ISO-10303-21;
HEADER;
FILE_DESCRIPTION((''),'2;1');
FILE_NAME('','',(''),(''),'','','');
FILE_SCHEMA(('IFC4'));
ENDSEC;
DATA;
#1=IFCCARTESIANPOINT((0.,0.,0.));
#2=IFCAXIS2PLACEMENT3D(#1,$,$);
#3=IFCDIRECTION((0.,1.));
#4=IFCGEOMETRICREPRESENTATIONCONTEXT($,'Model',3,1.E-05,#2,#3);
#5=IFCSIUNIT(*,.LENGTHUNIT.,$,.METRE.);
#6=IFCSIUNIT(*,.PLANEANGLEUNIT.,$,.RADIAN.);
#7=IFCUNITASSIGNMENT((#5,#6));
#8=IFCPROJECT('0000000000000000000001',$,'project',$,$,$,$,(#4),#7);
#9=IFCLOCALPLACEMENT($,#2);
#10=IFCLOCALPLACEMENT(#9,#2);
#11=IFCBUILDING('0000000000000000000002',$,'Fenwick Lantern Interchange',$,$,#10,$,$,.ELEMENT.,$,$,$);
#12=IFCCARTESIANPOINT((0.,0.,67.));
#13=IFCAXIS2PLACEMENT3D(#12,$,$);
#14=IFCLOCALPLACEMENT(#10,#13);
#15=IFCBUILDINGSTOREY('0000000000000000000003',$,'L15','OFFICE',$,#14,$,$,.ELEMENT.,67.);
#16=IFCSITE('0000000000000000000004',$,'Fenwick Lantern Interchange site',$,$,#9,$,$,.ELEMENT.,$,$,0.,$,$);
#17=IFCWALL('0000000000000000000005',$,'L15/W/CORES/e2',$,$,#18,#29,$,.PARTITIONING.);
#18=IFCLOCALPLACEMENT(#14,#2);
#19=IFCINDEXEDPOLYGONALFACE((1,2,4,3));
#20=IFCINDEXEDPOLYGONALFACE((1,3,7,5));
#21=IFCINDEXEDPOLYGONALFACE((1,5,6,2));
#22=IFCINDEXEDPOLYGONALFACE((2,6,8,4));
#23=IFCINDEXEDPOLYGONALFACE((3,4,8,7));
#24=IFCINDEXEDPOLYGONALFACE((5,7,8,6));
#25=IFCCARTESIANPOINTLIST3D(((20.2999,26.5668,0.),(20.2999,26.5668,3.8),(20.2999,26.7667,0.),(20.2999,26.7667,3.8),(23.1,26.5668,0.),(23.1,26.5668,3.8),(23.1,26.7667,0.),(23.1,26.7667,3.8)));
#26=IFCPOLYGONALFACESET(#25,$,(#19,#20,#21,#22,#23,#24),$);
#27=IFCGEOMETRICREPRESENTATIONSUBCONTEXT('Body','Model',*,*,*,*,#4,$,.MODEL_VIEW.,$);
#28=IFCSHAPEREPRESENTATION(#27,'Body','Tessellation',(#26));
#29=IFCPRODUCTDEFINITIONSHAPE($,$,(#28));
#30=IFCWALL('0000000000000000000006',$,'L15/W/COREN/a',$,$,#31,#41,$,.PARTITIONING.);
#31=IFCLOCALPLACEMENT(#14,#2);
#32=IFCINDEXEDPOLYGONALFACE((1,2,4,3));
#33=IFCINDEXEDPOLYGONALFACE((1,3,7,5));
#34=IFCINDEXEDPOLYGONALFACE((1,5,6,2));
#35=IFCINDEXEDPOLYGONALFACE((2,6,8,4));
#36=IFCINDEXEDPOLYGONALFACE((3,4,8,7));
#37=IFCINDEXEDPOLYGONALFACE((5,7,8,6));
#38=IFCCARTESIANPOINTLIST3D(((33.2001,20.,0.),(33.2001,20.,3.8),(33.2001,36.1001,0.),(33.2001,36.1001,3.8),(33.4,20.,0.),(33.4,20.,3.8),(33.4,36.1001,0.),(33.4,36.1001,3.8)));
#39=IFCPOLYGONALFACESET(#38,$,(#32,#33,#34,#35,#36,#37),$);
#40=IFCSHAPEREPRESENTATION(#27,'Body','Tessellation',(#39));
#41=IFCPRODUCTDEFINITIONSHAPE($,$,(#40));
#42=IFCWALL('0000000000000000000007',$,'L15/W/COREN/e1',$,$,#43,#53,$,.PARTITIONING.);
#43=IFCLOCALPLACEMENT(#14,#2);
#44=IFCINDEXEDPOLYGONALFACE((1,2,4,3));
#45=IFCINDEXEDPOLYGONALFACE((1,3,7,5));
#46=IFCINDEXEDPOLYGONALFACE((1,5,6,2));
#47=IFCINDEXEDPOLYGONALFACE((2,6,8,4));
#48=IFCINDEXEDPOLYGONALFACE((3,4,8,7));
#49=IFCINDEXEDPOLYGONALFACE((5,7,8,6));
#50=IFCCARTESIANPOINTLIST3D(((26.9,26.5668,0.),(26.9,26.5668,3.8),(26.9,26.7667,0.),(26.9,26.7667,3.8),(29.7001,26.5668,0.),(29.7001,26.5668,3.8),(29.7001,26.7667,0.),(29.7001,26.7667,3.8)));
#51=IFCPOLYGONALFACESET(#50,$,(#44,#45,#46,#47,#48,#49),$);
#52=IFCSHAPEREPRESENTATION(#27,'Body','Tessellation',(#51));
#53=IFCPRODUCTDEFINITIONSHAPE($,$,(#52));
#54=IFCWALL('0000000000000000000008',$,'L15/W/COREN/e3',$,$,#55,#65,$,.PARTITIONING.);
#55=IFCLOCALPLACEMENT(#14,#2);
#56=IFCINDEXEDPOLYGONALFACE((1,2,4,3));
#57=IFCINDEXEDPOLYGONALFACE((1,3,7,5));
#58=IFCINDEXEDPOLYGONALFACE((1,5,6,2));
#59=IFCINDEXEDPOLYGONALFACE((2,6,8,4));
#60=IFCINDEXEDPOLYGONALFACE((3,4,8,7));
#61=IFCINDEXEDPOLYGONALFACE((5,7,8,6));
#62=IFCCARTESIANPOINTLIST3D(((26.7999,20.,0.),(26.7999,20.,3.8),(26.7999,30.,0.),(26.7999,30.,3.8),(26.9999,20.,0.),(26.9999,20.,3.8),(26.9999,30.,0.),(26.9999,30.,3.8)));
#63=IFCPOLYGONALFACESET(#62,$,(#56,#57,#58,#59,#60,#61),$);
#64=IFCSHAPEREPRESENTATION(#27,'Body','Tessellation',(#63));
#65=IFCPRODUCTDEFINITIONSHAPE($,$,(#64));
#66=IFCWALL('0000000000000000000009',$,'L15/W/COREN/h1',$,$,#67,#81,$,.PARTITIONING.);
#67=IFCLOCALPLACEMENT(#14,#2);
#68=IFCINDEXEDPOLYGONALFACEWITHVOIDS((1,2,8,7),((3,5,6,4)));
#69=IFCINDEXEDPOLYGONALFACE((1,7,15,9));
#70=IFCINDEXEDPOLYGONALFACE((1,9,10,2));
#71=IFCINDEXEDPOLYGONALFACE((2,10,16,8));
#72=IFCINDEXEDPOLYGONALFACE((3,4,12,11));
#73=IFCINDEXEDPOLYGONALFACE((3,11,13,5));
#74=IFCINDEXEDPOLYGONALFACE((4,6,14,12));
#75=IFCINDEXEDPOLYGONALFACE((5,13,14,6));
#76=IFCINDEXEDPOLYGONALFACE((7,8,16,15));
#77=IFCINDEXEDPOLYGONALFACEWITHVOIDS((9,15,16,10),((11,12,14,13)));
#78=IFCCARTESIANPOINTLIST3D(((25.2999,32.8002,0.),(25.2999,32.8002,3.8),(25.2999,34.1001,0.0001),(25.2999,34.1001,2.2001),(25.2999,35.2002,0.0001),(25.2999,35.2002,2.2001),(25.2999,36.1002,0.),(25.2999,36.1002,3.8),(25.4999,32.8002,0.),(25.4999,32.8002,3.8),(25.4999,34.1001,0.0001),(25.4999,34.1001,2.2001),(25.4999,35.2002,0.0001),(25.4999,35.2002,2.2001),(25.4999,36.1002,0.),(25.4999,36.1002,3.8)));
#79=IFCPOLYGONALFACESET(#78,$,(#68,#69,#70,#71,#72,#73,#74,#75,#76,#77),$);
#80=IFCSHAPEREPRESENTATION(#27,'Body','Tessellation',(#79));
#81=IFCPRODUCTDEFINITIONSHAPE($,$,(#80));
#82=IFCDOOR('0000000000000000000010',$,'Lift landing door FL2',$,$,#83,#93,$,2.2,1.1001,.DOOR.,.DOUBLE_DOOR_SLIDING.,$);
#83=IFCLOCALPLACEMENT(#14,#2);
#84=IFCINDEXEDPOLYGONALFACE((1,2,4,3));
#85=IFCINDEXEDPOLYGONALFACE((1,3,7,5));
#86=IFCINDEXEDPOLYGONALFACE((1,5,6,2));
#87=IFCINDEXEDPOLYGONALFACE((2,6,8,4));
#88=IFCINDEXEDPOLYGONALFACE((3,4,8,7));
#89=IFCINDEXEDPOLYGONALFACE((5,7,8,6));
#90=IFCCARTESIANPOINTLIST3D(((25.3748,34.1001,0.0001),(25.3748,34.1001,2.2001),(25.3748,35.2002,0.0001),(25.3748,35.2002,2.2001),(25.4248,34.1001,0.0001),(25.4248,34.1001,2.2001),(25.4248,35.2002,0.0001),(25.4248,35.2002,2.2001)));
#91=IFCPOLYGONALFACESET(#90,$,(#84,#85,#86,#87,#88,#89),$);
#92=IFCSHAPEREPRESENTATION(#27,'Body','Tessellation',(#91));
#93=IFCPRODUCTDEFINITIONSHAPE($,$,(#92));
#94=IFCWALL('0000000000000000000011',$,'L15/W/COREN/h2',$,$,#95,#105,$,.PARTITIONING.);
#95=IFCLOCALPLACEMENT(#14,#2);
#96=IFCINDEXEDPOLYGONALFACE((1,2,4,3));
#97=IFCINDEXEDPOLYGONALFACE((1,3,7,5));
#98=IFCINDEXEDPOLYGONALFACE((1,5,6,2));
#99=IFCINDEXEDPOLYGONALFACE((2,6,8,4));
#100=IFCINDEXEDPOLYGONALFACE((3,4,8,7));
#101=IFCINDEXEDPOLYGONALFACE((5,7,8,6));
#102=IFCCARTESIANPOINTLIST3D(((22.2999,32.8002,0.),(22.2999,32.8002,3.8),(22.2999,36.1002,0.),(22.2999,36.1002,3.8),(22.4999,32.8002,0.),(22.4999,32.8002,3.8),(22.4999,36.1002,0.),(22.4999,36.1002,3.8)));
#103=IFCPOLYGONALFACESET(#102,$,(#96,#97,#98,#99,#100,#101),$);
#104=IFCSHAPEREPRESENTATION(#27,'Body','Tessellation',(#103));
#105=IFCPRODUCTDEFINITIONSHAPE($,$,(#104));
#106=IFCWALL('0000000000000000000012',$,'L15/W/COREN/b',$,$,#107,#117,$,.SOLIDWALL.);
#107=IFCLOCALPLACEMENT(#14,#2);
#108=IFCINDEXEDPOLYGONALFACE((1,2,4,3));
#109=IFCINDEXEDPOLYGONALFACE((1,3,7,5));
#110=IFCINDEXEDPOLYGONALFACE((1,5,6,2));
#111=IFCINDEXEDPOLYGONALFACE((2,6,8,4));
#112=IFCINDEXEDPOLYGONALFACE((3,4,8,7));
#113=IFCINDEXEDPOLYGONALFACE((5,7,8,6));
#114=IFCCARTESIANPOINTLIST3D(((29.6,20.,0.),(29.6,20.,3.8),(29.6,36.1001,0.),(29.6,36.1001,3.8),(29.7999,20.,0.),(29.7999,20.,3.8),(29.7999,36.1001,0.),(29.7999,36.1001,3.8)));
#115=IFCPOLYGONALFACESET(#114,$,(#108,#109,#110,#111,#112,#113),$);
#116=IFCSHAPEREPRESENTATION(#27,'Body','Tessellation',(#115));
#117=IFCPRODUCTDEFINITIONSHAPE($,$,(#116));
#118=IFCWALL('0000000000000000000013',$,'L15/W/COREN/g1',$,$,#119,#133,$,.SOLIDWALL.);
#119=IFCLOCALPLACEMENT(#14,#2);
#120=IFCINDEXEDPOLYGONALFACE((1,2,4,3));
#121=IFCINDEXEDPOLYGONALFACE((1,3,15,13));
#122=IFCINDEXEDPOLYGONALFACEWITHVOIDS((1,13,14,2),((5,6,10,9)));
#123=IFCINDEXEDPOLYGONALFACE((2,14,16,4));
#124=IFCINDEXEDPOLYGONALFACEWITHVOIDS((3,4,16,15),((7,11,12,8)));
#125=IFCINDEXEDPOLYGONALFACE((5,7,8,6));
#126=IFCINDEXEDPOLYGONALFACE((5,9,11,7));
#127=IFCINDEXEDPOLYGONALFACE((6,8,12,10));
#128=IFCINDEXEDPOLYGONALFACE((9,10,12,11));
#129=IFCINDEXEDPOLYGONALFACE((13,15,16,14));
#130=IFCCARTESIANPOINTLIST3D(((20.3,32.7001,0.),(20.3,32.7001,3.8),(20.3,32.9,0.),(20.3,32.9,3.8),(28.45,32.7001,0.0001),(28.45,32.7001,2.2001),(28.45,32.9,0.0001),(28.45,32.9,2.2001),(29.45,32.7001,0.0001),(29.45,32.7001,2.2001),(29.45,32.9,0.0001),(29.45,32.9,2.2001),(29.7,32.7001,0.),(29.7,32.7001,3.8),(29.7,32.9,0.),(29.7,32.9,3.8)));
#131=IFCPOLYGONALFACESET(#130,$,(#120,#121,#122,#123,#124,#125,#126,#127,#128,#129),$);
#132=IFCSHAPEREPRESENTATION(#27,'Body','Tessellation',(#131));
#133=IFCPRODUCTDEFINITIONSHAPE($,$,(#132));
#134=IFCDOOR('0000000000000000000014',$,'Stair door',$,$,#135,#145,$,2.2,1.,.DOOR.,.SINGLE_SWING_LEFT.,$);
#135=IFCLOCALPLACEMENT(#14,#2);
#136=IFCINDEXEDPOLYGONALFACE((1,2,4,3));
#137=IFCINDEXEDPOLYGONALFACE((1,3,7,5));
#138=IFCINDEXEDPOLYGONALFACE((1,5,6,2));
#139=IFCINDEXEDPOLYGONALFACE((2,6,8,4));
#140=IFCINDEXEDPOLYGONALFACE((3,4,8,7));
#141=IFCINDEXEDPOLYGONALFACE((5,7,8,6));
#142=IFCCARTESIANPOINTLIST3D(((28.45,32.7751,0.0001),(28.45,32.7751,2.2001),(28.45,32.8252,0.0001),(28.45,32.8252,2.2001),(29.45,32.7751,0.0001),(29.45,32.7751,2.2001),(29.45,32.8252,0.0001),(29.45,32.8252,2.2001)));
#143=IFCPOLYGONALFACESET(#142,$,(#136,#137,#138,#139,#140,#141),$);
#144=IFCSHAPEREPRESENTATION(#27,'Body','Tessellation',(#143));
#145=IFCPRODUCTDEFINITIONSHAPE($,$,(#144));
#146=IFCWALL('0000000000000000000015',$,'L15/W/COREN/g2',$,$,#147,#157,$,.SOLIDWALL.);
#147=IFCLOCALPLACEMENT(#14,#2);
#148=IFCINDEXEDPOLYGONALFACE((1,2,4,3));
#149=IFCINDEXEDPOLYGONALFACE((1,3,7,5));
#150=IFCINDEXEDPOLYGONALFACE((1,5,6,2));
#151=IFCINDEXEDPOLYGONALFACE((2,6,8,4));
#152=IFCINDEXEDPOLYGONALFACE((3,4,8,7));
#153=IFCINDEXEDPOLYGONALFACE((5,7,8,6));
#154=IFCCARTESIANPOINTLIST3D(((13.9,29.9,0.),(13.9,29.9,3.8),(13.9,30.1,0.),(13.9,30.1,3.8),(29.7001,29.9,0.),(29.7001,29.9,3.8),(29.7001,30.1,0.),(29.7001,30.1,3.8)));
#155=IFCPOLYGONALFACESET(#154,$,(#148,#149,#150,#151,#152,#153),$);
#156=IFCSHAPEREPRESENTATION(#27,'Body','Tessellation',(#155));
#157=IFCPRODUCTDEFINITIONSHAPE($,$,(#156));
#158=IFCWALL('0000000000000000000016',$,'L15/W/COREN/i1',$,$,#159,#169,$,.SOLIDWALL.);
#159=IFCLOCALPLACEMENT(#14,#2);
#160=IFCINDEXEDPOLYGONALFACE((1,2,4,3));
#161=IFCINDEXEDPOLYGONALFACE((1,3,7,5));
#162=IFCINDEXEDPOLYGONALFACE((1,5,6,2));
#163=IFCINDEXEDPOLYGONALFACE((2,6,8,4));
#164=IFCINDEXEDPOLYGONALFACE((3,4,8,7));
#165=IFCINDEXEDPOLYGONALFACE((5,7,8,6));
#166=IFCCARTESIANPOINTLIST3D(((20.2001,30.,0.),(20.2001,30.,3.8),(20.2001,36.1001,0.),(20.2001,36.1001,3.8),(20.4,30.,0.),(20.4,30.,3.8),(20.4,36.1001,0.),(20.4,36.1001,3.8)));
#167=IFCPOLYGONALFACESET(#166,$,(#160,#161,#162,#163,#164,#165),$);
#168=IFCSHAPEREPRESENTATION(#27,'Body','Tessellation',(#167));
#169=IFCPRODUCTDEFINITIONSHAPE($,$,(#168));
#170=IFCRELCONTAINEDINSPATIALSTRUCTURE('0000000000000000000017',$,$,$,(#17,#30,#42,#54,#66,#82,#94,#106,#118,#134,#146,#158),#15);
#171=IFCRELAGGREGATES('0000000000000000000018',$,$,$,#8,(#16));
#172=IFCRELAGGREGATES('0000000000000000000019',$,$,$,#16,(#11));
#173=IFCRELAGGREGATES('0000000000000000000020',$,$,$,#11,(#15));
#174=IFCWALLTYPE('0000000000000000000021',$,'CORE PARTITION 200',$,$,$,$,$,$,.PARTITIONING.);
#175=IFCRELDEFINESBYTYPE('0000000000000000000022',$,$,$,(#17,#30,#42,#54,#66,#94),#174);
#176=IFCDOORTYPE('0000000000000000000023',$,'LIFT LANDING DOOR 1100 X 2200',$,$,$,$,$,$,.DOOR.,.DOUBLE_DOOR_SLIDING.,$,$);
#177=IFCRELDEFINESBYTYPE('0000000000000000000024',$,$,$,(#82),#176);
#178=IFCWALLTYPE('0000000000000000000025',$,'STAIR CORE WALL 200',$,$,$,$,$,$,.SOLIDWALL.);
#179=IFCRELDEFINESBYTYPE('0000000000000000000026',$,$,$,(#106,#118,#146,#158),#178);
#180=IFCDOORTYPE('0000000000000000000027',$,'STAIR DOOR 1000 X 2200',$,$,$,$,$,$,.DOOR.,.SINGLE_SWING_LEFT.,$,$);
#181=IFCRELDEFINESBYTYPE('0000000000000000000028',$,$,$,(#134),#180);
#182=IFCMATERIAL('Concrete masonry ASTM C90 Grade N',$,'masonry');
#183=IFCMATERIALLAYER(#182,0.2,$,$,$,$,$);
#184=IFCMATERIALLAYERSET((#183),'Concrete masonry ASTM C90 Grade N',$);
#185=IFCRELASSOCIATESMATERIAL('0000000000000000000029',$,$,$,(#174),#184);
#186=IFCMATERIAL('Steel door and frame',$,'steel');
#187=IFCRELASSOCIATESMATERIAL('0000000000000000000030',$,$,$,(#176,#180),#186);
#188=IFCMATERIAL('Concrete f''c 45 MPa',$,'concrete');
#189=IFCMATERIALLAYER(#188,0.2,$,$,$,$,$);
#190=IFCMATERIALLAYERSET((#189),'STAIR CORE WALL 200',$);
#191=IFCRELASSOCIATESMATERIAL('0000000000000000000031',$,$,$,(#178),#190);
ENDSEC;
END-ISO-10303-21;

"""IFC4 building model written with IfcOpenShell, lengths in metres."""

from ifc_helpers import new_model, si_unit, direction, frame, frame_2d, origin, place, context, subcontext, project, spatial, rectangle, extrude, material, layer, layer_set, type_object, element, fill, save


model = new_model("IFC4")

# Units and contexts
model_context = context("Model", 3, precision=1e-05, world=origin(), true_north=direction((0.0, 1.0)))
body_context = subcontext(model_context, "Body", "Model", "MODEL_VIEW")
ifc_project = project(units=[si_unit("LENGTHUNIT", "METRE"), si_unit("PLANEANGLEUNIT", "RADIAN")], contexts=[model_context])

# Site, building, storey
site_placement = place(None, origin())
site = spatial("IfcSite", under=ifc_project, at=site_placement, Name="Fenwick Lantern Interchange site", CompositionType="ELEMENT", RefElevation=0.0)
building_placement = place(site_placement, origin())
building = spatial("IfcBuilding", under=site, at=building_placement, Name="Fenwick Lantern Interchange", CompositionType="ELEMENT")
storey_placement = place(building_placement, frame((0.0, 0.0, 67.0)))
storey = spatial("IfcBuildingStorey", under=building, at=storey_placement, Name="L15", Description="OFFICE", CompositionType="ELEMENT", Elevation=67.0)

# Walls
ifc_material_1 = material(Name="Concrete masonry ASTM C90 Grade N", Category="masonry")
ifc_layer_1 = layer(ifc_material_1, 0.2)
ifc_layer_set_1 = layer_set([ifc_layer_1], Name="Concrete masonry ASTM C90 Grade N")
wall_type_1 = type_object("IfcWallType", Name="CORE PARTITION 200", PredefinedType="PARTITIONING", material=ifc_layer_set_1)
wall_1_placement = place(storey_placement, frame((20.3, 26.6667, 0.0), z_axis=(0.0, 0.0, 1.0), x_axis=(1.0, 0.0, 0.0)))
element("IfcWall", 1, at=wall_1_placement, inside=storey, type_object=wall_type_1, Name="L15/W/CORES/e2", PredefinedType="PARTITIONING", context=body_context, shape_type="SweptSolid", body=[
    extrude(rectangle(XDim=2.8, YDim=0.2, at=frame_2d((1.3999, 0.0))), origin(), (0.0, 0.0, 1.0), 3.8),
])
wall_2_placement = place(storey_placement, frame((33.3, 36.1001, 0.0), z_axis=(0.0, 0.0, 1.0), x_axis=(0.0, -1.0, 0.0)))
element("IfcWall", 2, at=wall_2_placement, inside=storey, type_object=wall_type_1, Name="L15/W/COREN/a", PredefinedType="PARTITIONING", context=body_context, shape_type="SweptSolid", body=[
    extrude(rectangle(XDim=16.1001, YDim=0.2, at=frame_2d((8.05, 0.0))), origin(), (0.0, 0.0, 1.0), 3.8),
])
wall_3_placement = place(storey_placement, frame((29.7, 26.6667, 0.0), z_axis=(0.0, 0.0, 1.0), x_axis=(-1.0, 0.0, 0.0)))
element("IfcWall", 3, at=wall_3_placement, inside=storey, type_object=wall_type_1, Name="L15/W/COREN/e1", PredefinedType="PARTITIONING", context=body_context, shape_type="SweptSolid", body=[
    extrude(rectangle(XDim=2.8, YDim=0.2, at=frame_2d((1.3999, 0.0))), origin(), (0.0, 0.0, 1.0), 3.8),
])
wall_4_placement = place(storey_placement, frame((26.8999, 30.0, 0.0), z_axis=(0.0, 0.0, 1.0), x_axis=(0.0, -1.0, 0.0)))
element("IfcWall", 4, at=wall_4_placement, inside=storey, type_object=wall_type_1, Name="L15/W/COREN/e3", PredefinedType="PARTITIONING", context=body_context, shape_type="SweptSolid", body=[
    extrude(rectangle(XDim=10.0, YDim=0.2, at=frame_2d((5.0, 0.0))), origin(), (0.0, 0.0, 1.0), 3.8),
])

# Wall, opening, door
wall_5_placement = place(storey_placement, frame((25.3999, 36.1001, 0.0), z_axis=(0.0, 0.0, 1.0), x_axis=(0.0, -1.0, 0.0)))
wall_5 = element("IfcWall", 5, at=wall_5_placement, inside=storey, type_object=wall_type_1, Name="L15/W/COREN/h1", PredefinedType="PARTITIONING", context=body_context, shape_type="SweptSolid", body=[
    extrude(rectangle(XDim=3.3, YDim=0.2, at=frame_2d((1.6499, 0.0))), origin(), (0.0, 0.0, 1.0), 3.8),
])
opening_1_placement = place(wall_5_placement, frame((0.8999, 0.0, 0.0)))
opening_1 = element("IfcOpeningElement", 6, at=opening_1_placement, cuts=wall_5, PredefinedType="OPENING", context=body_context, shape_type="SweptSolid", body=[
    extrude(rectangle(XDim=1.1001, YDim=2.2, at=frame_2d((0.55, 1.1001))), frame((0.0, 0.1099, 0.0), z_axis=(0.0, -1.0, 0.0), x_axis=(1.0, 0.0, 0.0)), (0.0, 0.0, 1.0), 0.22),
])
ifc_material_2 = material(Name="Steel door and frame", Category="steel")
door_type_1 = type_object("IfcDoorType", Name="LIFT LANDING DOOR 1100 X 2200", OperationType="DOUBLE_DOOR_SLIDING", PredefinedType="DOOR", material=ifc_material_2)
door_1_placement = place(opening_1_placement, origin())
door_1 = element("IfcDoor", 7, at=door_1_placement, inside=storey, type_object=door_type_1, Name="Lift landing door FL2", OperationType="DOUBLE_DOOR_SLIDING", OverallHeight=2.2, OverallWidth=1.1001, PredefinedType="DOOR", context=body_context, shape_type="SweptSolid", body=[
    extrude(rectangle(XDim=1.1001, YDim=2.2, at=frame_2d((0.55, 1.1001))), frame((0.0, 0.0249, 0.0), z_axis=(0.0, -1.0, 0.0), x_axis=(1.0, 0.0, 0.0)), (0.0, 0.0, 1.0), 0.05),
])
fill(opening_1, door_1)

# Walls
wall_6_placement = place(storey_placement, frame((22.3999, 36.1001, 0.0), z_axis=(0.0, 0.0, 1.0), x_axis=(0.0, -1.0, 0.0)))
element("IfcWall", 8, at=wall_6_placement, inside=storey, type_object=wall_type_1, Name="L15/W/COREN/h2", PredefinedType="PARTITIONING", context=body_context, shape_type="SweptSolid", body=[
    extrude(rectangle(XDim=3.3, YDim=0.2, at=frame_2d((1.6499, 0.0))), origin(), (0.0, 0.0, 1.0), 3.8),
])
ifc_material_3 = material(Name="Concrete f'c 45 MPa", Category="concrete")
ifc_layer_2 = layer(ifc_material_3, 0.2)
ifc_layer_set_2 = layer_set([ifc_layer_2], Name="STAIR CORE WALL 200")
wall_type_2 = type_object("IfcWallType", Name="STAIR CORE WALL 200", PredefinedType="SOLIDWALL", material=ifc_layer_set_2)
wall_7_placement = place(storey_placement, frame((29.7, 36.1001, 0.0), z_axis=(0.0, 0.0, 1.0), x_axis=(0.0, -1.0, 0.0)))
element("IfcWall", 9, at=wall_7_placement, inside=storey, type_object=wall_type_2, Name="L15/W/COREN/b", PredefinedType="SOLIDWALL", context=body_context, shape_type="SweptSolid", body=[
    extrude(rectangle(XDim=16.1001, YDim=0.2, at=frame_2d((8.05, 0.0))), origin(), (0.0, 0.0, 1.0), 3.8),
])

# Wall, opening, door
wall_8_placement = place(storey_placement, frame((29.7, 32.8, 0.0), z_axis=(0.0, 0.0, 1.0), x_axis=(-1.0, 0.0, 0.0)))
wall_8 = element("IfcWall", 10, at=wall_8_placement, inside=storey, type_object=wall_type_2, Name="L15/W/COREN/g1", PredefinedType="SOLIDWALL", context=body_context, shape_type="SweptSolid", body=[
    extrude(rectangle(XDim=9.3999, YDim=0.2, at=frame_2d((4.7, 0.0))), origin(), (0.0, 0.0, 1.0), 3.8),
])
opening_2_placement = place(wall_8_placement, frame((0.25, 0.0, 0.0)))
opening_2 = element("IfcOpeningElement", 11, at=opening_2_placement, cuts=wall_8, PredefinedType="OPENING", context=body_context, shape_type="SweptSolid", body=[
    extrude(rectangle(XDim=1.0, YDim=2.2, at=frame_2d((0.5, 1.1001))), frame((0.0, 0.1099, 0.0), z_axis=(0.0, -1.0, 0.0), x_axis=(1.0, 0.0, 0.0)), (0.0, 0.0, 1.0), 0.22),
])
door_type_2 = type_object("IfcDoorType", Name="STAIR DOOR 1000 X 2200", OperationType="SINGLE_SWING_LEFT", PredefinedType="DOOR", material=ifc_material_2)
door_2_placement = place(opening_2_placement, origin())
door_2 = element("IfcDoor", 12, at=door_2_placement, inside=storey, type_object=door_type_2, Name="Stair door", OperationType="SINGLE_SWING_LEFT", OverallHeight=2.2, OverallWidth=1.0, PredefinedType="DOOR", context=body_context, shape_type="SweptSolid", body=[
    extrude(rectangle(XDim=1.0, YDim=2.2, at=frame_2d((0.5, 1.1001))), frame((0.0, 0.0249, 0.0), z_axis=(0.0, -1.0, 0.0), x_axis=(1.0, 0.0, 0.0)), (0.0, 0.0, 1.0), 0.05),
])
fill(opening_2, door_2)

# Walls
wall_9_placement = place(storey_placement, frame((29.7, 30.0, 0.0), z_axis=(0.0, 0.0, 1.0), x_axis=(-1.0, 0.0, 0.0)))
element("IfcWall", 13, at=wall_9_placement, inside=storey, type_object=wall_type_2, Name="L15/W/COREN/g2", PredefinedType="SOLIDWALL", context=body_context, shape_type="SweptSolid", body=[
    extrude(rectangle(XDim=15.8, YDim=0.2, at=frame_2d((7.8999, 0.0))), origin(), (0.0, 0.0, 1.0), 3.8),
])
wall_10_placement = place(storey_placement, frame((20.3, 36.1001, 0.0), z_axis=(0.0, 0.0, 1.0), x_axis=(0.0, -1.0, 0.0)))
element("IfcWall", 14, at=wall_10_placement, inside=storey, type_object=wall_type_2, Name="L15/W/COREN/i1", PredefinedType="SOLIDWALL", context=body_context, shape_type="SweptSolid", body=[
    extrude(rectangle(XDim=6.1001, YDim=0.2, at=frame_2d((3.05, 0.0))), origin(), (0.0, 0.0, 1.0), 3.8),
])

save(model, "model.ifc")
